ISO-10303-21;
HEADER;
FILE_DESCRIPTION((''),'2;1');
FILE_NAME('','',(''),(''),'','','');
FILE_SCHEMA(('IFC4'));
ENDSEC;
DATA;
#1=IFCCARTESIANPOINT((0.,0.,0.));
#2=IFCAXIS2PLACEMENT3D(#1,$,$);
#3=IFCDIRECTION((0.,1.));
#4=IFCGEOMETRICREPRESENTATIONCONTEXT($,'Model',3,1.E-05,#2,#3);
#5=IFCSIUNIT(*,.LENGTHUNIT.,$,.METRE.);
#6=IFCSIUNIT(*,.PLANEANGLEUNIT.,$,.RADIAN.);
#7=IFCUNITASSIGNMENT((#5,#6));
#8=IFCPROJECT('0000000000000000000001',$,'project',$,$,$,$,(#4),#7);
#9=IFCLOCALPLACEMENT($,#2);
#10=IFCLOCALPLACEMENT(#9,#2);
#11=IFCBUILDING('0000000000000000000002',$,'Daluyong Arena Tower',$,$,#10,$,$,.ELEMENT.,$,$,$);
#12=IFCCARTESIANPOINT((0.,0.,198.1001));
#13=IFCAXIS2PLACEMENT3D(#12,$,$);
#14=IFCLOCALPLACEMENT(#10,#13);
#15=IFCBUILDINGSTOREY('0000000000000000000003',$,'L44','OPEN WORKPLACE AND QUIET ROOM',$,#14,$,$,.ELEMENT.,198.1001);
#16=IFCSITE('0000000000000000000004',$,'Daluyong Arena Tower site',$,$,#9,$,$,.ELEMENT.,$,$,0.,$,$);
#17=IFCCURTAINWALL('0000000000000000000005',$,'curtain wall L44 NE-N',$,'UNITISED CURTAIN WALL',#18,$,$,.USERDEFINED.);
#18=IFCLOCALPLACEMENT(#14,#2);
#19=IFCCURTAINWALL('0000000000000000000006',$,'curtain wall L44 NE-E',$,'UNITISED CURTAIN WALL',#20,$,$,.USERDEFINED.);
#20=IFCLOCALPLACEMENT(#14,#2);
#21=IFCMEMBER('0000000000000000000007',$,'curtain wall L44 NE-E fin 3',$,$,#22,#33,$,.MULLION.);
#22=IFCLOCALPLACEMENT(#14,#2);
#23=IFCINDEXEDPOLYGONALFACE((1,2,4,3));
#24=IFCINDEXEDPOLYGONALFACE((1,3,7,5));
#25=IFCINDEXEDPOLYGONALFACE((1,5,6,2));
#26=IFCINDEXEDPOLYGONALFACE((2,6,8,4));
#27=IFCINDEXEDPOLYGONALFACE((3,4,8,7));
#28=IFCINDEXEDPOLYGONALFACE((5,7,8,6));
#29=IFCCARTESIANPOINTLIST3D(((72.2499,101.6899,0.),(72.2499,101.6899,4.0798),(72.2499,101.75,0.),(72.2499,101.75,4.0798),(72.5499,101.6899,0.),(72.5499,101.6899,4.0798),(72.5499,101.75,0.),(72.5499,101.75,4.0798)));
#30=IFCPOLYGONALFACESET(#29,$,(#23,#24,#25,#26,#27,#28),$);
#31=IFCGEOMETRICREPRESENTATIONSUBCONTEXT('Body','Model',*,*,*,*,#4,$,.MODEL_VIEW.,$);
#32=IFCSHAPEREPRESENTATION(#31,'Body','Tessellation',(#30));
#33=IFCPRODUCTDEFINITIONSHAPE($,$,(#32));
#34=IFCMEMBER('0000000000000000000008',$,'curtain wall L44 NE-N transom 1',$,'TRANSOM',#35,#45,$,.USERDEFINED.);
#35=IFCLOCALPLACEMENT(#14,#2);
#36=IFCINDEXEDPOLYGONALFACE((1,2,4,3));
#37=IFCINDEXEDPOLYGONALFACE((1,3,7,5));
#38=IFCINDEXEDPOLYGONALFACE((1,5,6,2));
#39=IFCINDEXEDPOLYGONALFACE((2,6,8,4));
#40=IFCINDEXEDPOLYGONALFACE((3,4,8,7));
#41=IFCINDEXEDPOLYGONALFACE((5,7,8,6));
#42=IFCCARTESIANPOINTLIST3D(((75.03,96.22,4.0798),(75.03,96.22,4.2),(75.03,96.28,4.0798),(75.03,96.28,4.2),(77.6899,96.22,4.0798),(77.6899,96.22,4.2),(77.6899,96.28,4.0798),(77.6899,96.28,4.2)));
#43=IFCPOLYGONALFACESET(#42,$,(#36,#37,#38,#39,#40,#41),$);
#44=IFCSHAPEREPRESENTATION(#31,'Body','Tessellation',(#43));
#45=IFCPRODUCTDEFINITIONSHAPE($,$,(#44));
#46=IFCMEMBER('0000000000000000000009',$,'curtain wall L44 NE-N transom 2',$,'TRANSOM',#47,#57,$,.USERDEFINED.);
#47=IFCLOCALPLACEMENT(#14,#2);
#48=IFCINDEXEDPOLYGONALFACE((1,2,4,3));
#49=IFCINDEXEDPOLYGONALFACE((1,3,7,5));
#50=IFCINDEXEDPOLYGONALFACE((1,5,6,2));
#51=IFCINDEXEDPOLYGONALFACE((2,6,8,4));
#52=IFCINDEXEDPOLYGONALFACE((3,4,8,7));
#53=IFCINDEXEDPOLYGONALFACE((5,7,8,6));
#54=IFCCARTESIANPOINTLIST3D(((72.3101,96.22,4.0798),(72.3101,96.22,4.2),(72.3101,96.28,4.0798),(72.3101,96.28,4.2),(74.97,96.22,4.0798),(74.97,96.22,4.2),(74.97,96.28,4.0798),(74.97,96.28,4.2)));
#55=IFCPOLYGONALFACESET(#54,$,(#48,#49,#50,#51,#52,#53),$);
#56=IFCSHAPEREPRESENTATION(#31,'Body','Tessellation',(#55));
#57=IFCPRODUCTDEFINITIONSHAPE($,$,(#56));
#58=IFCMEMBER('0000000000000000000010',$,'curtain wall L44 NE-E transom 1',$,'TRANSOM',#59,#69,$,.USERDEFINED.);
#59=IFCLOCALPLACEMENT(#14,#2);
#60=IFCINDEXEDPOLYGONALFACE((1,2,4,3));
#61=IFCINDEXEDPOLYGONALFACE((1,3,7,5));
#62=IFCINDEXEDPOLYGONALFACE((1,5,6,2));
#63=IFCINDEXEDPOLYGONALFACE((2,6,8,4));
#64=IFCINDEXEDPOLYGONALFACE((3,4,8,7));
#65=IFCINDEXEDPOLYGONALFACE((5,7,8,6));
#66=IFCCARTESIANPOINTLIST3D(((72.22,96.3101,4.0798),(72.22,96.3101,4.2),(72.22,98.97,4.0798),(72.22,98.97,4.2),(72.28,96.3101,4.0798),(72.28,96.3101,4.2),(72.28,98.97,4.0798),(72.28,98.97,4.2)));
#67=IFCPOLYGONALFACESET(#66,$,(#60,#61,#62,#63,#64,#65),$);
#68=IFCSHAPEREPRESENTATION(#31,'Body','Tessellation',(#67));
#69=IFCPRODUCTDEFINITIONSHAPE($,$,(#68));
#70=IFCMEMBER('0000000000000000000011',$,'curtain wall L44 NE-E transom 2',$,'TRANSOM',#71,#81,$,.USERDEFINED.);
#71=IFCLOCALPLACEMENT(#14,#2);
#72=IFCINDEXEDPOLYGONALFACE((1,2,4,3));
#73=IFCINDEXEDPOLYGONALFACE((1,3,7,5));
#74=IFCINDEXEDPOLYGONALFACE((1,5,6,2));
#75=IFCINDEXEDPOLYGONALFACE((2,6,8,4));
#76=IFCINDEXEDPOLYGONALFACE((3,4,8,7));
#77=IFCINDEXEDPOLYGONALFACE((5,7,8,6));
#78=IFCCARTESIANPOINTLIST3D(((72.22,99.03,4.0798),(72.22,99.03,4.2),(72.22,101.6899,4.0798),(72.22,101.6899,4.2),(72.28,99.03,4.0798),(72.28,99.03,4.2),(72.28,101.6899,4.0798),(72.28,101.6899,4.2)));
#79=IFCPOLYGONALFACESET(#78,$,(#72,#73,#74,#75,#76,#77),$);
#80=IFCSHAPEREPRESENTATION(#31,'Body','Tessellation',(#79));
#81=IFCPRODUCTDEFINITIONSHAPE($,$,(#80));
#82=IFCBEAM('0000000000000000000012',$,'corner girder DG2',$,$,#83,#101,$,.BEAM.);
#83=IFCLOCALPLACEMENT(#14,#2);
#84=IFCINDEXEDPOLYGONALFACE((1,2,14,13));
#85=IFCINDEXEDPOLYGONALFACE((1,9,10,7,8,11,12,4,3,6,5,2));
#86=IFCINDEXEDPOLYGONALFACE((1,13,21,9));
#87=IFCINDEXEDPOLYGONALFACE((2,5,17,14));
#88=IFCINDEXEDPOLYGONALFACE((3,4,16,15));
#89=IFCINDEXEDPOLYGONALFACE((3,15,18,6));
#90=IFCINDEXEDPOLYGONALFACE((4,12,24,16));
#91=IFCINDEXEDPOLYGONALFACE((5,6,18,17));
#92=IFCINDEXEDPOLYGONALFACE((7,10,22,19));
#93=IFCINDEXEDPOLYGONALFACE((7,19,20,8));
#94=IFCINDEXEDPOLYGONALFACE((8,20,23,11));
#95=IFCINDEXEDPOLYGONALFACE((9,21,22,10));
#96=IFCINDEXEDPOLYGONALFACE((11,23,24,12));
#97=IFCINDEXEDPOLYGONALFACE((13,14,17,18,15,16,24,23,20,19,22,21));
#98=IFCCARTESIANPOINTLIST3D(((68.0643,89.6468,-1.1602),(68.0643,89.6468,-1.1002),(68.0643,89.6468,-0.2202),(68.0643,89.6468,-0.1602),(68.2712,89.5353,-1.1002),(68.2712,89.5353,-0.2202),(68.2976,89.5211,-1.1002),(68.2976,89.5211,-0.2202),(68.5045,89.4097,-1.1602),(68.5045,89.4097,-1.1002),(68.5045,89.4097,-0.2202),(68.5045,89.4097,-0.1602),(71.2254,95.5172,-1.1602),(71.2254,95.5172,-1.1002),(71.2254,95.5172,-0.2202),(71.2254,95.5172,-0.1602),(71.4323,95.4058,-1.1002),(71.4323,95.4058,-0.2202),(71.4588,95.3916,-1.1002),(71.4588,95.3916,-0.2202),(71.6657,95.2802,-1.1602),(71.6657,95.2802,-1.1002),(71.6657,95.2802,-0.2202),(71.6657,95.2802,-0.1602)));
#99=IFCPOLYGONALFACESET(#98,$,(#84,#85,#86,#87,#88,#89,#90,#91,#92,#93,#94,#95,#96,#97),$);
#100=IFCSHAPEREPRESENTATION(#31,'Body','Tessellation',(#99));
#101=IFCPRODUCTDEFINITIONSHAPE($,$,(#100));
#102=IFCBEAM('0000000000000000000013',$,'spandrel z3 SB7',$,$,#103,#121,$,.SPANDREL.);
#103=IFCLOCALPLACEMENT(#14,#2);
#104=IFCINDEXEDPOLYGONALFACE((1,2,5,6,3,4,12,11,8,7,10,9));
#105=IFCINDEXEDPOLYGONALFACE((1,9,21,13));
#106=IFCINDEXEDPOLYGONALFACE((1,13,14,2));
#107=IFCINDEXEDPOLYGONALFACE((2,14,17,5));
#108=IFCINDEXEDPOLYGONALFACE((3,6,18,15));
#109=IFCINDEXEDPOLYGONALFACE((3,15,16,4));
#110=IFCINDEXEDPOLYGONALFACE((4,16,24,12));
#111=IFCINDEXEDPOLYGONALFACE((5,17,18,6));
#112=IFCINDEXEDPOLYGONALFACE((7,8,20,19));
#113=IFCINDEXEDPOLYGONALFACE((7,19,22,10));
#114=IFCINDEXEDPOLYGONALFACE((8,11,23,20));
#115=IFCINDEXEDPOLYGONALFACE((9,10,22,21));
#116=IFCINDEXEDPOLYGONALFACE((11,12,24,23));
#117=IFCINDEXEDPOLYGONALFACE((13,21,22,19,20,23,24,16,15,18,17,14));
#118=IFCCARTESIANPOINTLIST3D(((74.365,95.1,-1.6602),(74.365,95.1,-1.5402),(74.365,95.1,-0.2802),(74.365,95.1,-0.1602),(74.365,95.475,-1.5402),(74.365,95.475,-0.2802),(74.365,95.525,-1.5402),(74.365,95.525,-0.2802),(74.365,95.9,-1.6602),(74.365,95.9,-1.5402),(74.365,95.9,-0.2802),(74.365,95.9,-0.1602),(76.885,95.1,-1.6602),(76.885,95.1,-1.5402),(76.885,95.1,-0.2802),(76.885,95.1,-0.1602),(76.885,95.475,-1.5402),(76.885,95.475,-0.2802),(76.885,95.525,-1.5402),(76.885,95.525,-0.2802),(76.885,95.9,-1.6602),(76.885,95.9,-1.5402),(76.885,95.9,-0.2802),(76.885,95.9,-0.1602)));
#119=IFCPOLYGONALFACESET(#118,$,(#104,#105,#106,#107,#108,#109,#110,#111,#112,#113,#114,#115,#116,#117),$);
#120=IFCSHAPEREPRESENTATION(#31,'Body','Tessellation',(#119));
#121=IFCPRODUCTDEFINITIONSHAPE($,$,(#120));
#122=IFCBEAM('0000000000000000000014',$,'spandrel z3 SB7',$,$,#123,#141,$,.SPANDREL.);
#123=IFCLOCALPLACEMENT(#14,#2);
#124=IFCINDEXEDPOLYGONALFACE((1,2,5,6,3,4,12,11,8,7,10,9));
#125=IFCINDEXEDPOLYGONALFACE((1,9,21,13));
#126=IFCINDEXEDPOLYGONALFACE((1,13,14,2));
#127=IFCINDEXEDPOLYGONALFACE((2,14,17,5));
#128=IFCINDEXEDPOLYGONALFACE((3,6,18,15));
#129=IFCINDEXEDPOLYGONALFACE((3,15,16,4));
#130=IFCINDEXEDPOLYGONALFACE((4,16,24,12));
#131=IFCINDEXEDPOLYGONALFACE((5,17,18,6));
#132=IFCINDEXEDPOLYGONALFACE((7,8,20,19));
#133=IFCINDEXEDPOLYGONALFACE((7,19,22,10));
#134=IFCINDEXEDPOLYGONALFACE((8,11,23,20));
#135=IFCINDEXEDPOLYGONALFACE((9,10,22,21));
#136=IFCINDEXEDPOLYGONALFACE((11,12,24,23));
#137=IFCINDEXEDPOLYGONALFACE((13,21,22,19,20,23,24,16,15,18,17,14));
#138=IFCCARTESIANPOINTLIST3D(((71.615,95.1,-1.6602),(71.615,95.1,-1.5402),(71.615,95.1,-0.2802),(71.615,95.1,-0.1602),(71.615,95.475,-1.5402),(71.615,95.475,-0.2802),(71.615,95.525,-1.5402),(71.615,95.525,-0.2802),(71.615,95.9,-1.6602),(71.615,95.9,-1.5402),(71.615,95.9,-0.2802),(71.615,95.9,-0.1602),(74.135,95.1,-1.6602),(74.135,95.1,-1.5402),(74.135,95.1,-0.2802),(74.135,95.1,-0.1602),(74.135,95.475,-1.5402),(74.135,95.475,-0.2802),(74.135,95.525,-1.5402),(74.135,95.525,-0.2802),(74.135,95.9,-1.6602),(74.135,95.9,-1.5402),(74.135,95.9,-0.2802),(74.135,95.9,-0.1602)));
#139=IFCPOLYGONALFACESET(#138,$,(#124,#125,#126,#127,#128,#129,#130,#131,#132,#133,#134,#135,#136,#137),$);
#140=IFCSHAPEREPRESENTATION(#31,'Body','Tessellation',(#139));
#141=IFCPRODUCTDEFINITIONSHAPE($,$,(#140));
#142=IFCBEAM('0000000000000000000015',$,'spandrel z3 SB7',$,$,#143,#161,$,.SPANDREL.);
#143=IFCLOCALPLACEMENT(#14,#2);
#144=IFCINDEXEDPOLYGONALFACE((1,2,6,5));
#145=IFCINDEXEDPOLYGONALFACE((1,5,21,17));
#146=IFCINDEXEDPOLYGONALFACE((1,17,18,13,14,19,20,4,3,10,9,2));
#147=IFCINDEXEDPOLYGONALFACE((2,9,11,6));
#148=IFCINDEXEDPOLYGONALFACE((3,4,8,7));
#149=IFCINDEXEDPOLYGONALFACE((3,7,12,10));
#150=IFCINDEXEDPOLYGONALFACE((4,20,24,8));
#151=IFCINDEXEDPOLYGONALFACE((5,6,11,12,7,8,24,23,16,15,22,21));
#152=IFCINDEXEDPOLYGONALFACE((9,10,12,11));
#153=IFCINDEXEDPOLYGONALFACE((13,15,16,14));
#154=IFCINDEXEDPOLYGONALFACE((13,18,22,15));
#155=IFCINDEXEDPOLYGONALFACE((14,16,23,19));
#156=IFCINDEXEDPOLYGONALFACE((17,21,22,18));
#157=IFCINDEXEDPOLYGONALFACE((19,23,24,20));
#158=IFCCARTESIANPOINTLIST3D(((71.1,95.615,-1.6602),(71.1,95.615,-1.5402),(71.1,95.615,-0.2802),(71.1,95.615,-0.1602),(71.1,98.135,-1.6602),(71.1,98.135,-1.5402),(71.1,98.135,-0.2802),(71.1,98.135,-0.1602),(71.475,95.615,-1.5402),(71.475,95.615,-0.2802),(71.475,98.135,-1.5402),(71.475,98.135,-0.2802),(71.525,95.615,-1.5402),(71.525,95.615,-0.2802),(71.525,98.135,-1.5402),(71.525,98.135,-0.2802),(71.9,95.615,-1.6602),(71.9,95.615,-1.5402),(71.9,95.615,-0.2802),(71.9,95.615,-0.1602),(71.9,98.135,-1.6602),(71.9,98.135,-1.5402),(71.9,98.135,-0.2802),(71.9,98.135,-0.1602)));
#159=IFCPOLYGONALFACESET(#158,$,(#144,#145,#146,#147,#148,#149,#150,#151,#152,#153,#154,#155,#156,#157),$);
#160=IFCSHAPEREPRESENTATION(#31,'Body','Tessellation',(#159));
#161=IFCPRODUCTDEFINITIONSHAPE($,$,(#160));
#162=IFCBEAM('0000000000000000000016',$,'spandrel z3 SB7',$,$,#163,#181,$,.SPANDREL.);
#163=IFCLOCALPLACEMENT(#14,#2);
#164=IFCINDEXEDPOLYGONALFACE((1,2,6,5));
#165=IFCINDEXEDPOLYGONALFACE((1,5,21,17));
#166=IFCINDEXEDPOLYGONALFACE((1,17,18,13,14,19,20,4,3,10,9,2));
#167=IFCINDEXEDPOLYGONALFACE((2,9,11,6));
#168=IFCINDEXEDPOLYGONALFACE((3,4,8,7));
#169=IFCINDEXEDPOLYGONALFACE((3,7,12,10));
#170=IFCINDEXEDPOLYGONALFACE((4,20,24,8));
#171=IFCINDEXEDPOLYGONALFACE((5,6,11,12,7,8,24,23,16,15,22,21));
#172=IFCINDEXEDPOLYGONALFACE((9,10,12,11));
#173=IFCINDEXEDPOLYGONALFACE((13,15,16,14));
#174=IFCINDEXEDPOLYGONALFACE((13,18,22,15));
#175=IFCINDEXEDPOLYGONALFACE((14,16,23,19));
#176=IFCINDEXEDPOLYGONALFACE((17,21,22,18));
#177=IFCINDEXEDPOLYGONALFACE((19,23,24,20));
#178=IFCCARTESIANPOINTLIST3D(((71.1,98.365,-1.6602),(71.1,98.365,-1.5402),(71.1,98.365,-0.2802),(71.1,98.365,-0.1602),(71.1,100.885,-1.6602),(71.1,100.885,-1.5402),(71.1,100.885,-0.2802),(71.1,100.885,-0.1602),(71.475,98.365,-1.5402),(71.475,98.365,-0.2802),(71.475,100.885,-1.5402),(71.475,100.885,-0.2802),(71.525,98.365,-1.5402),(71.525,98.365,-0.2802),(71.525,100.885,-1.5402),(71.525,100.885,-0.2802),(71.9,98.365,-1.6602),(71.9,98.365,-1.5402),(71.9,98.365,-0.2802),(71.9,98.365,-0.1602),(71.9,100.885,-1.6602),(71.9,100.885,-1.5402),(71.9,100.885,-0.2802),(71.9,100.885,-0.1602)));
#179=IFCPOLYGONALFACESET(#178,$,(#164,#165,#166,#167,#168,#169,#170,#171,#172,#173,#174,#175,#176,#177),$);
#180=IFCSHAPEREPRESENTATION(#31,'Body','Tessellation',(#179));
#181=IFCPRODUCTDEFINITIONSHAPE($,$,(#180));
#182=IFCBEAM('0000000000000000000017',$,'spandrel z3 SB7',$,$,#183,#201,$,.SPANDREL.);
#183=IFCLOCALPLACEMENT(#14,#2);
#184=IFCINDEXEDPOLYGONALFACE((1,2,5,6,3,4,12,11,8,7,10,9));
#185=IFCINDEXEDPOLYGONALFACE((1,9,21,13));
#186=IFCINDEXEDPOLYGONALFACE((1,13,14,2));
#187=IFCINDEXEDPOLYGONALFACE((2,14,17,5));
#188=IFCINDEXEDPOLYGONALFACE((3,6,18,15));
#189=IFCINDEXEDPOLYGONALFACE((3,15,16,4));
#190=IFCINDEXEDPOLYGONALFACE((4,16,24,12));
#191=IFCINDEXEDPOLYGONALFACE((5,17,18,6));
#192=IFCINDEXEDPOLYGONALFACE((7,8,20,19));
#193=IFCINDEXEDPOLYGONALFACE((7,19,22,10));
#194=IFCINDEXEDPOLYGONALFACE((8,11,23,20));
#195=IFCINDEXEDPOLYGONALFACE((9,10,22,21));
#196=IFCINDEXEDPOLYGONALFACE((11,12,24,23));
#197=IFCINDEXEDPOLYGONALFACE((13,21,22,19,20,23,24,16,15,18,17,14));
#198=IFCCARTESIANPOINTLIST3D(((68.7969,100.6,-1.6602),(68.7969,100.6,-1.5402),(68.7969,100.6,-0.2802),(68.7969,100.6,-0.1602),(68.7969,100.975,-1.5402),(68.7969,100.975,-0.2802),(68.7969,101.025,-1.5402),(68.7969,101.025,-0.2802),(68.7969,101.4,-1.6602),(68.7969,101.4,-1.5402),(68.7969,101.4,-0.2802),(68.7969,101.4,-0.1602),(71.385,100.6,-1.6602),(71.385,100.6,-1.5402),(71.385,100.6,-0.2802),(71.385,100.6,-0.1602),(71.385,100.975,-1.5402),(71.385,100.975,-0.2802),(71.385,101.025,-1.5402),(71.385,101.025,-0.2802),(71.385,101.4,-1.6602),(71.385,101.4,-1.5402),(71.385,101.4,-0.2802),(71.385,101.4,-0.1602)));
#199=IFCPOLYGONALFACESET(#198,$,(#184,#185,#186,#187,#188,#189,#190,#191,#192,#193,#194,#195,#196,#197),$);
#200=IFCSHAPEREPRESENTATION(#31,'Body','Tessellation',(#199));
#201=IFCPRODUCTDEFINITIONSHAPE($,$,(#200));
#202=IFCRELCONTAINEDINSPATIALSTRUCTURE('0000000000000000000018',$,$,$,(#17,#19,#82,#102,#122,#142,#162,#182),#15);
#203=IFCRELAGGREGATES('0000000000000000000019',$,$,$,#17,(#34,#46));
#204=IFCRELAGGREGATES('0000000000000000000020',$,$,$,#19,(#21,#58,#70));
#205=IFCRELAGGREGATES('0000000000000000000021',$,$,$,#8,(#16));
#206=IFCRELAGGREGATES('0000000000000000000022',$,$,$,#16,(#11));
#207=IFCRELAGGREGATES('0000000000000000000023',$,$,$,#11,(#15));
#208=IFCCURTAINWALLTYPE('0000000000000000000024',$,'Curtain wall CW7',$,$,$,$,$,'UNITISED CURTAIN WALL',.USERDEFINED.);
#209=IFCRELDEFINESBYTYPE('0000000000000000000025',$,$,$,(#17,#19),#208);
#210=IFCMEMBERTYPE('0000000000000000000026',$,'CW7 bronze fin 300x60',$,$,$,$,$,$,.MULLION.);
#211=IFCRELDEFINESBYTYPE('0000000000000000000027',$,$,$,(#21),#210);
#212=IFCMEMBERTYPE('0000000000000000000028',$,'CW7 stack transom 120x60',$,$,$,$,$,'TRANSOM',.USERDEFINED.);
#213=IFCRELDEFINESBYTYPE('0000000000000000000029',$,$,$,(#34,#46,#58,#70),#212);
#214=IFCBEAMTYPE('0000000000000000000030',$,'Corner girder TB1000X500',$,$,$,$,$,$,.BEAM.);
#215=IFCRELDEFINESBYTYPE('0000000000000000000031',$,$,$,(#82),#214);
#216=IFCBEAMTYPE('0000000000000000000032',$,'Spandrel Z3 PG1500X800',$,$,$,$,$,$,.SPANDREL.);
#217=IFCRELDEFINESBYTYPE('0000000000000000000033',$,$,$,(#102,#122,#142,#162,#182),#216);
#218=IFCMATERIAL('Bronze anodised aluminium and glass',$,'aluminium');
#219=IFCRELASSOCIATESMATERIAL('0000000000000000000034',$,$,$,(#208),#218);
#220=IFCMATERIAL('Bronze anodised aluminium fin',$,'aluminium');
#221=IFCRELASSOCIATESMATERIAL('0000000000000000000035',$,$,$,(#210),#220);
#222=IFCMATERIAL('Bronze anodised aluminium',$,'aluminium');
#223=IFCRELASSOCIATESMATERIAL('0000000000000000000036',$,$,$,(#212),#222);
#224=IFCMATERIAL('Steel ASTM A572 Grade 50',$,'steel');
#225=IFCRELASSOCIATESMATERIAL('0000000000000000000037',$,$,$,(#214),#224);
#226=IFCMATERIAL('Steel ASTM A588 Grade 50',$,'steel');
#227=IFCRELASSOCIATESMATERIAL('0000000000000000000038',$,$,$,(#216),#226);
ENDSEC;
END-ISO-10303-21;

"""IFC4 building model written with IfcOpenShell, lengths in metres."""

from ifc_helpers import new_model, si_unit, direction, frame, origin, origin_2d, place, context, subcontext, project, spatial, rectangle, i_section, extrude, material, material_profile, profile_set, type_object, element, aggregate, save


model = new_model("IFC4")

# Units and contexts
model_context = context("Model", 3, precision=1e-05, world=origin(), true_north=direction((0.0, 1.0)))
body_context = subcontext(model_context, "Body", "Model", "MODEL_VIEW")
ifc_project = project(units=[si_unit("LENGTHUNIT", "METRE"), si_unit("PLANEANGLEUNIT", "RADIAN")], contexts=[model_context])

# Site, building, storey
site_placement = place(None, origin())
site = spatial("IfcSite", under=ifc_project, at=site_placement, Name="Daluyong Arena Tower site", CompositionType="ELEMENT", RefElevation=0.0)
building_placement = place(site_placement, origin())
building = spatial("IfcBuilding", under=site, at=building_placement, Name="Daluyong Arena Tower", CompositionType="ELEMENT")
storey_placement = place(building_placement, frame((0.0, 0.0, 198.1001)))
storey = spatial("IfcBuildingStorey", under=building, at=storey_placement, Name="L44", Description="OPEN WORKPLACE AND QUIET ROOM", CompositionType="ELEMENT", Elevation=198.1001)

# Curtain walls, member
ifc_material_1 = material(Name="Bronze anodised aluminium and glass", Category="aluminium")
curtain_wall_type_1 = type_object("IfcCurtainWallType", Name="Curtain wall CW7", ElementType="UNITISED CURTAIN WALL", PredefinedType="USERDEFINED", material=ifc_material_1)
curtain_wall_1_placement = place(storey_placement, origin())
curtain_wall_1 = element("IfcCurtainWall", 1, at=curtain_wall_1_placement, inside=storey, type_object=curtain_wall_type_1, Name="curtain wall L44 NE-N", ObjectType="UNITISED CURTAIN WALL", PredefinedType="USERDEFINED")
ifc_material_2 = material(Name="Bronze anodised aluminium fin", Category="aluminium")
ifc_material_profile_1 = material_profile(ifc_material_2, rectangle(XDim=0.3, YDim=0.0601, at=origin_2d()))
ifc_profile_set_1 = profile_set([ifc_material_profile_1], Name="Bronze anodised aluminium fin")
member_type_1 = type_object("IfcMemberType", Name="CW7 bronze fin 300x60", PredefinedType="MULLION", material=ifc_profile_set_1)
curtain_wall_2_placement = place(storey_placement, origin())
curtain_wall_2 = element("IfcCurtainWall", 2, at=curtain_wall_2_placement, inside=storey, type_object=curtain_wall_type_1, Name="curtain wall L44 NE-E", ObjectType="UNITISED CURTAIN WALL", PredefinedType="USERDEFINED")
member_1_placement = place(storey_placement, frame((72.3999, 101.72, 0.0), z_axis=(0.0, 0.0, 1.0), x_axis=(-1.0, 0.0, 0.0)))
member_1 = element("IfcMember", 3, at=member_1_placement, type_object=member_type_1, Name="curtain wall L44 NE-E fin 3", PredefinedType="MULLION", context=body_context, shape_type="SweptSolid", body=[
    extrude(rectangle(XDim=0.3, YDim=0.0601, at=origin_2d()), origin(), (0.0, 0.0, 1.0), 4.0798),
])

# Members
ifc_material_3 = material(Name="Bronze anodised aluminium", Category="aluminium")
ifc_material_profile_2 = material_profile(ifc_material_3, rectangle(XDim=0.0601, YDim=0.1201, at=origin_2d()))
ifc_profile_set_2 = profile_set([ifc_material_profile_2], Name="Bronze anodised aluminium")
member_type_2 = type_object("IfcMemberType", Name="CW7 stack transom 120x60", ElementType="TRANSOM", PredefinedType="USERDEFINED", material=ifc_profile_set_2)
member_2_placement = place(storey_placement, frame((77.6899, 96.25, 4.1399), z_axis=(-1.0, 0.0, 0.0), x_axis=(0.0, -1.0, 0.0)))
member_2 = element("IfcMember", 4, at=member_2_placement, type_object=member_type_2, Name="curtain wall L44 NE-N transom 1", ObjectType="TRANSOM", PredefinedType="USERDEFINED", context=body_context, shape_type="SweptSolid", body=[
    extrude(rectangle(XDim=0.0601, YDim=0.1201, at=origin_2d()), origin(), (0.0, 0.0, 1.0), 2.6599),
])
member_3_placement = place(storey_placement, frame((74.97, 96.25, 4.1399), z_axis=(-1.0, 0.0, 0.0), x_axis=(0.0, -1.0, 0.0)))
member_3 = element("IfcMember", 5, at=member_3_placement, type_object=member_type_2, Name="curtain wall L44 NE-N transom 2", ObjectType="TRANSOM", PredefinedType="USERDEFINED", context=body_context, shape_type="SweptSolid", body=[
    extrude(rectangle(XDim=0.0601, YDim=0.1201, at=origin_2d()), origin(), (0.0, 0.0, 1.0), 2.6599),
])
member_4_placement = place(storey_placement, frame((72.25, 96.3101, 4.1399), z_axis=(0.0, 1.0, 0.0), x_axis=(-1.0, 0.0, 0.0)))
member_4 = element("IfcMember", 6, at=member_4_placement, type_object=member_type_2, Name="curtain wall L44 NE-E transom 1", ObjectType="TRANSOM", PredefinedType="USERDEFINED", context=body_context, shape_type="SweptSolid", body=[
    extrude(rectangle(XDim=0.0601, YDim=0.1201, at=origin_2d()), origin(), (0.0, 0.0, 1.0), 2.6599),
])
member_5_placement = place(storey_placement, frame((72.25, 99.03, 4.1399), z_axis=(0.0, 1.0, 0.0), x_axis=(-1.0, 0.0, 0.0)))
member_5 = element("IfcMember", 7, at=member_5_placement, type_object=member_type_2, Name="curtain wall L44 NE-E transom 2", ObjectType="TRANSOM", PredefinedType="USERDEFINED", context=body_context, shape_type="SweptSolid", body=[
    extrude(rectangle(XDim=0.0601, YDim=0.1201, at=origin_2d()), origin(), (0.0, 0.0, 1.0), 2.6599),
])

# Beams
ifc_material_4 = material(Name="Steel ASTM A572 Grade 50", Category="steel")
ifc_material_profile_3 = material_profile(ifc_material_4, i_section(OverallWidth=0.5, OverallDepth=1.0, WebThickness=0.03, FlangeThickness=0.06, at=origin_2d()))
ifc_profile_set_3 = profile_set([ifc_material_profile_3], Name="Steel ASTM A572 Grade 50")
beam_type_1 = type_object("IfcBeamType", Name="Corner girder TB1000X500", PredefinedType="BEAM", material=ifc_profile_set_3)
beam_1_placement = place(storey_placement, frame((71.4456, 95.3987, -0.6602), z_axis=(-0.474119, -0.880461, 0.0), x_axis=(0.880461, -0.474119, 0.0)))
element("IfcBeam", 8, at=beam_1_placement, inside=storey, type_object=beam_type_1, Name="corner girder DG2", PredefinedType="BEAM", context=body_context, shape_type="SweptSolid", body=[
    extrude(i_section(OverallWidth=0.5, OverallDepth=1.0, WebThickness=0.03, FlangeThickness=0.06, at=origin_2d()), origin(), (0.0, 0.0, 1.0), 6.6675),
])
ifc_material_5 = material(Name="Steel ASTM A588 Grade 50", Category="steel")
ifc_material_profile_4 = material_profile(ifc_material_5, i_section(OverallWidth=0.8, OverallDepth=1.5, WebThickness=0.05, FlangeThickness=0.12, at=origin_2d()))
ifc_profile_set_4 = profile_set([ifc_material_profile_4], Name="Steel ASTM A588 Grade 50")
beam_type_2 = type_object("IfcBeamType", Name="Spandrel Z3 PG1500X800", PredefinedType="SPANDREL", material=ifc_profile_set_4)
for number, where, z_axis, x_axis, name in (
    (9, (76.885, 95.5, -0.9102), (-1.0, 0.0, 0.0), (0.0, -1.0, 0.0), "spandrel z3 SB7"),
    (10, (74.135, 95.5, -0.9102), (-1.0, 0.0, 0.0), (0.0, -1.0, 0.0), "spandrel z3 SB7"),
    (11, (71.5, 95.615, -0.9102), (0.0, 1.0, 0.0), (-1.0, 0.0, 0.0), "spandrel z3 SB7"),
    (12, (71.5, 98.365, -0.9102), (0.0, 1.0, 0.0), (-1.0, 0.0, 0.0), "spandrel z3 SB7"),
):
    element("IfcBeam", number, at=place(storey_placement, frame(where, z_axis=z_axis, x_axis=x_axis)), inside=storey, type_object=beam_type_2, Name=name, PredefinedType="SPANDREL", context=body_context, shape_type="SweptSolid", body=[
        extrude(i_section(OverallWidth=0.8, OverallDepth=1.5, WebThickness=0.05, FlangeThickness=0.12, at=origin_2d()), origin(), (0.0, 0.0, 1.0), 2.52),
    ])
beam_2_placement = place(storey_placement, frame((71.385, 101.0, -0.9102), z_axis=(-1.0, 0.0, 0.0), x_axis=(0.0, -1.0, 0.0)))
element("IfcBeam", 13, at=beam_2_placement, inside=storey, type_object=beam_type_2, Name="spandrel z3 SB7", PredefinedType="SPANDREL", context=body_context, shape_type="SweptSolid", body=[
    extrude(i_section(OverallWidth=0.8, OverallDepth=1.5, WebThickness=0.05, FlangeThickness=0.12, at=origin_2d()), origin(), (0.0, 0.0, 1.0), 2.5881),
])

aggregate(curtain_wall_1, [member_2, member_3])
aggregate(curtain_wall_2, [member_1, member_4, member_5])

save(model, "model.ifc")
